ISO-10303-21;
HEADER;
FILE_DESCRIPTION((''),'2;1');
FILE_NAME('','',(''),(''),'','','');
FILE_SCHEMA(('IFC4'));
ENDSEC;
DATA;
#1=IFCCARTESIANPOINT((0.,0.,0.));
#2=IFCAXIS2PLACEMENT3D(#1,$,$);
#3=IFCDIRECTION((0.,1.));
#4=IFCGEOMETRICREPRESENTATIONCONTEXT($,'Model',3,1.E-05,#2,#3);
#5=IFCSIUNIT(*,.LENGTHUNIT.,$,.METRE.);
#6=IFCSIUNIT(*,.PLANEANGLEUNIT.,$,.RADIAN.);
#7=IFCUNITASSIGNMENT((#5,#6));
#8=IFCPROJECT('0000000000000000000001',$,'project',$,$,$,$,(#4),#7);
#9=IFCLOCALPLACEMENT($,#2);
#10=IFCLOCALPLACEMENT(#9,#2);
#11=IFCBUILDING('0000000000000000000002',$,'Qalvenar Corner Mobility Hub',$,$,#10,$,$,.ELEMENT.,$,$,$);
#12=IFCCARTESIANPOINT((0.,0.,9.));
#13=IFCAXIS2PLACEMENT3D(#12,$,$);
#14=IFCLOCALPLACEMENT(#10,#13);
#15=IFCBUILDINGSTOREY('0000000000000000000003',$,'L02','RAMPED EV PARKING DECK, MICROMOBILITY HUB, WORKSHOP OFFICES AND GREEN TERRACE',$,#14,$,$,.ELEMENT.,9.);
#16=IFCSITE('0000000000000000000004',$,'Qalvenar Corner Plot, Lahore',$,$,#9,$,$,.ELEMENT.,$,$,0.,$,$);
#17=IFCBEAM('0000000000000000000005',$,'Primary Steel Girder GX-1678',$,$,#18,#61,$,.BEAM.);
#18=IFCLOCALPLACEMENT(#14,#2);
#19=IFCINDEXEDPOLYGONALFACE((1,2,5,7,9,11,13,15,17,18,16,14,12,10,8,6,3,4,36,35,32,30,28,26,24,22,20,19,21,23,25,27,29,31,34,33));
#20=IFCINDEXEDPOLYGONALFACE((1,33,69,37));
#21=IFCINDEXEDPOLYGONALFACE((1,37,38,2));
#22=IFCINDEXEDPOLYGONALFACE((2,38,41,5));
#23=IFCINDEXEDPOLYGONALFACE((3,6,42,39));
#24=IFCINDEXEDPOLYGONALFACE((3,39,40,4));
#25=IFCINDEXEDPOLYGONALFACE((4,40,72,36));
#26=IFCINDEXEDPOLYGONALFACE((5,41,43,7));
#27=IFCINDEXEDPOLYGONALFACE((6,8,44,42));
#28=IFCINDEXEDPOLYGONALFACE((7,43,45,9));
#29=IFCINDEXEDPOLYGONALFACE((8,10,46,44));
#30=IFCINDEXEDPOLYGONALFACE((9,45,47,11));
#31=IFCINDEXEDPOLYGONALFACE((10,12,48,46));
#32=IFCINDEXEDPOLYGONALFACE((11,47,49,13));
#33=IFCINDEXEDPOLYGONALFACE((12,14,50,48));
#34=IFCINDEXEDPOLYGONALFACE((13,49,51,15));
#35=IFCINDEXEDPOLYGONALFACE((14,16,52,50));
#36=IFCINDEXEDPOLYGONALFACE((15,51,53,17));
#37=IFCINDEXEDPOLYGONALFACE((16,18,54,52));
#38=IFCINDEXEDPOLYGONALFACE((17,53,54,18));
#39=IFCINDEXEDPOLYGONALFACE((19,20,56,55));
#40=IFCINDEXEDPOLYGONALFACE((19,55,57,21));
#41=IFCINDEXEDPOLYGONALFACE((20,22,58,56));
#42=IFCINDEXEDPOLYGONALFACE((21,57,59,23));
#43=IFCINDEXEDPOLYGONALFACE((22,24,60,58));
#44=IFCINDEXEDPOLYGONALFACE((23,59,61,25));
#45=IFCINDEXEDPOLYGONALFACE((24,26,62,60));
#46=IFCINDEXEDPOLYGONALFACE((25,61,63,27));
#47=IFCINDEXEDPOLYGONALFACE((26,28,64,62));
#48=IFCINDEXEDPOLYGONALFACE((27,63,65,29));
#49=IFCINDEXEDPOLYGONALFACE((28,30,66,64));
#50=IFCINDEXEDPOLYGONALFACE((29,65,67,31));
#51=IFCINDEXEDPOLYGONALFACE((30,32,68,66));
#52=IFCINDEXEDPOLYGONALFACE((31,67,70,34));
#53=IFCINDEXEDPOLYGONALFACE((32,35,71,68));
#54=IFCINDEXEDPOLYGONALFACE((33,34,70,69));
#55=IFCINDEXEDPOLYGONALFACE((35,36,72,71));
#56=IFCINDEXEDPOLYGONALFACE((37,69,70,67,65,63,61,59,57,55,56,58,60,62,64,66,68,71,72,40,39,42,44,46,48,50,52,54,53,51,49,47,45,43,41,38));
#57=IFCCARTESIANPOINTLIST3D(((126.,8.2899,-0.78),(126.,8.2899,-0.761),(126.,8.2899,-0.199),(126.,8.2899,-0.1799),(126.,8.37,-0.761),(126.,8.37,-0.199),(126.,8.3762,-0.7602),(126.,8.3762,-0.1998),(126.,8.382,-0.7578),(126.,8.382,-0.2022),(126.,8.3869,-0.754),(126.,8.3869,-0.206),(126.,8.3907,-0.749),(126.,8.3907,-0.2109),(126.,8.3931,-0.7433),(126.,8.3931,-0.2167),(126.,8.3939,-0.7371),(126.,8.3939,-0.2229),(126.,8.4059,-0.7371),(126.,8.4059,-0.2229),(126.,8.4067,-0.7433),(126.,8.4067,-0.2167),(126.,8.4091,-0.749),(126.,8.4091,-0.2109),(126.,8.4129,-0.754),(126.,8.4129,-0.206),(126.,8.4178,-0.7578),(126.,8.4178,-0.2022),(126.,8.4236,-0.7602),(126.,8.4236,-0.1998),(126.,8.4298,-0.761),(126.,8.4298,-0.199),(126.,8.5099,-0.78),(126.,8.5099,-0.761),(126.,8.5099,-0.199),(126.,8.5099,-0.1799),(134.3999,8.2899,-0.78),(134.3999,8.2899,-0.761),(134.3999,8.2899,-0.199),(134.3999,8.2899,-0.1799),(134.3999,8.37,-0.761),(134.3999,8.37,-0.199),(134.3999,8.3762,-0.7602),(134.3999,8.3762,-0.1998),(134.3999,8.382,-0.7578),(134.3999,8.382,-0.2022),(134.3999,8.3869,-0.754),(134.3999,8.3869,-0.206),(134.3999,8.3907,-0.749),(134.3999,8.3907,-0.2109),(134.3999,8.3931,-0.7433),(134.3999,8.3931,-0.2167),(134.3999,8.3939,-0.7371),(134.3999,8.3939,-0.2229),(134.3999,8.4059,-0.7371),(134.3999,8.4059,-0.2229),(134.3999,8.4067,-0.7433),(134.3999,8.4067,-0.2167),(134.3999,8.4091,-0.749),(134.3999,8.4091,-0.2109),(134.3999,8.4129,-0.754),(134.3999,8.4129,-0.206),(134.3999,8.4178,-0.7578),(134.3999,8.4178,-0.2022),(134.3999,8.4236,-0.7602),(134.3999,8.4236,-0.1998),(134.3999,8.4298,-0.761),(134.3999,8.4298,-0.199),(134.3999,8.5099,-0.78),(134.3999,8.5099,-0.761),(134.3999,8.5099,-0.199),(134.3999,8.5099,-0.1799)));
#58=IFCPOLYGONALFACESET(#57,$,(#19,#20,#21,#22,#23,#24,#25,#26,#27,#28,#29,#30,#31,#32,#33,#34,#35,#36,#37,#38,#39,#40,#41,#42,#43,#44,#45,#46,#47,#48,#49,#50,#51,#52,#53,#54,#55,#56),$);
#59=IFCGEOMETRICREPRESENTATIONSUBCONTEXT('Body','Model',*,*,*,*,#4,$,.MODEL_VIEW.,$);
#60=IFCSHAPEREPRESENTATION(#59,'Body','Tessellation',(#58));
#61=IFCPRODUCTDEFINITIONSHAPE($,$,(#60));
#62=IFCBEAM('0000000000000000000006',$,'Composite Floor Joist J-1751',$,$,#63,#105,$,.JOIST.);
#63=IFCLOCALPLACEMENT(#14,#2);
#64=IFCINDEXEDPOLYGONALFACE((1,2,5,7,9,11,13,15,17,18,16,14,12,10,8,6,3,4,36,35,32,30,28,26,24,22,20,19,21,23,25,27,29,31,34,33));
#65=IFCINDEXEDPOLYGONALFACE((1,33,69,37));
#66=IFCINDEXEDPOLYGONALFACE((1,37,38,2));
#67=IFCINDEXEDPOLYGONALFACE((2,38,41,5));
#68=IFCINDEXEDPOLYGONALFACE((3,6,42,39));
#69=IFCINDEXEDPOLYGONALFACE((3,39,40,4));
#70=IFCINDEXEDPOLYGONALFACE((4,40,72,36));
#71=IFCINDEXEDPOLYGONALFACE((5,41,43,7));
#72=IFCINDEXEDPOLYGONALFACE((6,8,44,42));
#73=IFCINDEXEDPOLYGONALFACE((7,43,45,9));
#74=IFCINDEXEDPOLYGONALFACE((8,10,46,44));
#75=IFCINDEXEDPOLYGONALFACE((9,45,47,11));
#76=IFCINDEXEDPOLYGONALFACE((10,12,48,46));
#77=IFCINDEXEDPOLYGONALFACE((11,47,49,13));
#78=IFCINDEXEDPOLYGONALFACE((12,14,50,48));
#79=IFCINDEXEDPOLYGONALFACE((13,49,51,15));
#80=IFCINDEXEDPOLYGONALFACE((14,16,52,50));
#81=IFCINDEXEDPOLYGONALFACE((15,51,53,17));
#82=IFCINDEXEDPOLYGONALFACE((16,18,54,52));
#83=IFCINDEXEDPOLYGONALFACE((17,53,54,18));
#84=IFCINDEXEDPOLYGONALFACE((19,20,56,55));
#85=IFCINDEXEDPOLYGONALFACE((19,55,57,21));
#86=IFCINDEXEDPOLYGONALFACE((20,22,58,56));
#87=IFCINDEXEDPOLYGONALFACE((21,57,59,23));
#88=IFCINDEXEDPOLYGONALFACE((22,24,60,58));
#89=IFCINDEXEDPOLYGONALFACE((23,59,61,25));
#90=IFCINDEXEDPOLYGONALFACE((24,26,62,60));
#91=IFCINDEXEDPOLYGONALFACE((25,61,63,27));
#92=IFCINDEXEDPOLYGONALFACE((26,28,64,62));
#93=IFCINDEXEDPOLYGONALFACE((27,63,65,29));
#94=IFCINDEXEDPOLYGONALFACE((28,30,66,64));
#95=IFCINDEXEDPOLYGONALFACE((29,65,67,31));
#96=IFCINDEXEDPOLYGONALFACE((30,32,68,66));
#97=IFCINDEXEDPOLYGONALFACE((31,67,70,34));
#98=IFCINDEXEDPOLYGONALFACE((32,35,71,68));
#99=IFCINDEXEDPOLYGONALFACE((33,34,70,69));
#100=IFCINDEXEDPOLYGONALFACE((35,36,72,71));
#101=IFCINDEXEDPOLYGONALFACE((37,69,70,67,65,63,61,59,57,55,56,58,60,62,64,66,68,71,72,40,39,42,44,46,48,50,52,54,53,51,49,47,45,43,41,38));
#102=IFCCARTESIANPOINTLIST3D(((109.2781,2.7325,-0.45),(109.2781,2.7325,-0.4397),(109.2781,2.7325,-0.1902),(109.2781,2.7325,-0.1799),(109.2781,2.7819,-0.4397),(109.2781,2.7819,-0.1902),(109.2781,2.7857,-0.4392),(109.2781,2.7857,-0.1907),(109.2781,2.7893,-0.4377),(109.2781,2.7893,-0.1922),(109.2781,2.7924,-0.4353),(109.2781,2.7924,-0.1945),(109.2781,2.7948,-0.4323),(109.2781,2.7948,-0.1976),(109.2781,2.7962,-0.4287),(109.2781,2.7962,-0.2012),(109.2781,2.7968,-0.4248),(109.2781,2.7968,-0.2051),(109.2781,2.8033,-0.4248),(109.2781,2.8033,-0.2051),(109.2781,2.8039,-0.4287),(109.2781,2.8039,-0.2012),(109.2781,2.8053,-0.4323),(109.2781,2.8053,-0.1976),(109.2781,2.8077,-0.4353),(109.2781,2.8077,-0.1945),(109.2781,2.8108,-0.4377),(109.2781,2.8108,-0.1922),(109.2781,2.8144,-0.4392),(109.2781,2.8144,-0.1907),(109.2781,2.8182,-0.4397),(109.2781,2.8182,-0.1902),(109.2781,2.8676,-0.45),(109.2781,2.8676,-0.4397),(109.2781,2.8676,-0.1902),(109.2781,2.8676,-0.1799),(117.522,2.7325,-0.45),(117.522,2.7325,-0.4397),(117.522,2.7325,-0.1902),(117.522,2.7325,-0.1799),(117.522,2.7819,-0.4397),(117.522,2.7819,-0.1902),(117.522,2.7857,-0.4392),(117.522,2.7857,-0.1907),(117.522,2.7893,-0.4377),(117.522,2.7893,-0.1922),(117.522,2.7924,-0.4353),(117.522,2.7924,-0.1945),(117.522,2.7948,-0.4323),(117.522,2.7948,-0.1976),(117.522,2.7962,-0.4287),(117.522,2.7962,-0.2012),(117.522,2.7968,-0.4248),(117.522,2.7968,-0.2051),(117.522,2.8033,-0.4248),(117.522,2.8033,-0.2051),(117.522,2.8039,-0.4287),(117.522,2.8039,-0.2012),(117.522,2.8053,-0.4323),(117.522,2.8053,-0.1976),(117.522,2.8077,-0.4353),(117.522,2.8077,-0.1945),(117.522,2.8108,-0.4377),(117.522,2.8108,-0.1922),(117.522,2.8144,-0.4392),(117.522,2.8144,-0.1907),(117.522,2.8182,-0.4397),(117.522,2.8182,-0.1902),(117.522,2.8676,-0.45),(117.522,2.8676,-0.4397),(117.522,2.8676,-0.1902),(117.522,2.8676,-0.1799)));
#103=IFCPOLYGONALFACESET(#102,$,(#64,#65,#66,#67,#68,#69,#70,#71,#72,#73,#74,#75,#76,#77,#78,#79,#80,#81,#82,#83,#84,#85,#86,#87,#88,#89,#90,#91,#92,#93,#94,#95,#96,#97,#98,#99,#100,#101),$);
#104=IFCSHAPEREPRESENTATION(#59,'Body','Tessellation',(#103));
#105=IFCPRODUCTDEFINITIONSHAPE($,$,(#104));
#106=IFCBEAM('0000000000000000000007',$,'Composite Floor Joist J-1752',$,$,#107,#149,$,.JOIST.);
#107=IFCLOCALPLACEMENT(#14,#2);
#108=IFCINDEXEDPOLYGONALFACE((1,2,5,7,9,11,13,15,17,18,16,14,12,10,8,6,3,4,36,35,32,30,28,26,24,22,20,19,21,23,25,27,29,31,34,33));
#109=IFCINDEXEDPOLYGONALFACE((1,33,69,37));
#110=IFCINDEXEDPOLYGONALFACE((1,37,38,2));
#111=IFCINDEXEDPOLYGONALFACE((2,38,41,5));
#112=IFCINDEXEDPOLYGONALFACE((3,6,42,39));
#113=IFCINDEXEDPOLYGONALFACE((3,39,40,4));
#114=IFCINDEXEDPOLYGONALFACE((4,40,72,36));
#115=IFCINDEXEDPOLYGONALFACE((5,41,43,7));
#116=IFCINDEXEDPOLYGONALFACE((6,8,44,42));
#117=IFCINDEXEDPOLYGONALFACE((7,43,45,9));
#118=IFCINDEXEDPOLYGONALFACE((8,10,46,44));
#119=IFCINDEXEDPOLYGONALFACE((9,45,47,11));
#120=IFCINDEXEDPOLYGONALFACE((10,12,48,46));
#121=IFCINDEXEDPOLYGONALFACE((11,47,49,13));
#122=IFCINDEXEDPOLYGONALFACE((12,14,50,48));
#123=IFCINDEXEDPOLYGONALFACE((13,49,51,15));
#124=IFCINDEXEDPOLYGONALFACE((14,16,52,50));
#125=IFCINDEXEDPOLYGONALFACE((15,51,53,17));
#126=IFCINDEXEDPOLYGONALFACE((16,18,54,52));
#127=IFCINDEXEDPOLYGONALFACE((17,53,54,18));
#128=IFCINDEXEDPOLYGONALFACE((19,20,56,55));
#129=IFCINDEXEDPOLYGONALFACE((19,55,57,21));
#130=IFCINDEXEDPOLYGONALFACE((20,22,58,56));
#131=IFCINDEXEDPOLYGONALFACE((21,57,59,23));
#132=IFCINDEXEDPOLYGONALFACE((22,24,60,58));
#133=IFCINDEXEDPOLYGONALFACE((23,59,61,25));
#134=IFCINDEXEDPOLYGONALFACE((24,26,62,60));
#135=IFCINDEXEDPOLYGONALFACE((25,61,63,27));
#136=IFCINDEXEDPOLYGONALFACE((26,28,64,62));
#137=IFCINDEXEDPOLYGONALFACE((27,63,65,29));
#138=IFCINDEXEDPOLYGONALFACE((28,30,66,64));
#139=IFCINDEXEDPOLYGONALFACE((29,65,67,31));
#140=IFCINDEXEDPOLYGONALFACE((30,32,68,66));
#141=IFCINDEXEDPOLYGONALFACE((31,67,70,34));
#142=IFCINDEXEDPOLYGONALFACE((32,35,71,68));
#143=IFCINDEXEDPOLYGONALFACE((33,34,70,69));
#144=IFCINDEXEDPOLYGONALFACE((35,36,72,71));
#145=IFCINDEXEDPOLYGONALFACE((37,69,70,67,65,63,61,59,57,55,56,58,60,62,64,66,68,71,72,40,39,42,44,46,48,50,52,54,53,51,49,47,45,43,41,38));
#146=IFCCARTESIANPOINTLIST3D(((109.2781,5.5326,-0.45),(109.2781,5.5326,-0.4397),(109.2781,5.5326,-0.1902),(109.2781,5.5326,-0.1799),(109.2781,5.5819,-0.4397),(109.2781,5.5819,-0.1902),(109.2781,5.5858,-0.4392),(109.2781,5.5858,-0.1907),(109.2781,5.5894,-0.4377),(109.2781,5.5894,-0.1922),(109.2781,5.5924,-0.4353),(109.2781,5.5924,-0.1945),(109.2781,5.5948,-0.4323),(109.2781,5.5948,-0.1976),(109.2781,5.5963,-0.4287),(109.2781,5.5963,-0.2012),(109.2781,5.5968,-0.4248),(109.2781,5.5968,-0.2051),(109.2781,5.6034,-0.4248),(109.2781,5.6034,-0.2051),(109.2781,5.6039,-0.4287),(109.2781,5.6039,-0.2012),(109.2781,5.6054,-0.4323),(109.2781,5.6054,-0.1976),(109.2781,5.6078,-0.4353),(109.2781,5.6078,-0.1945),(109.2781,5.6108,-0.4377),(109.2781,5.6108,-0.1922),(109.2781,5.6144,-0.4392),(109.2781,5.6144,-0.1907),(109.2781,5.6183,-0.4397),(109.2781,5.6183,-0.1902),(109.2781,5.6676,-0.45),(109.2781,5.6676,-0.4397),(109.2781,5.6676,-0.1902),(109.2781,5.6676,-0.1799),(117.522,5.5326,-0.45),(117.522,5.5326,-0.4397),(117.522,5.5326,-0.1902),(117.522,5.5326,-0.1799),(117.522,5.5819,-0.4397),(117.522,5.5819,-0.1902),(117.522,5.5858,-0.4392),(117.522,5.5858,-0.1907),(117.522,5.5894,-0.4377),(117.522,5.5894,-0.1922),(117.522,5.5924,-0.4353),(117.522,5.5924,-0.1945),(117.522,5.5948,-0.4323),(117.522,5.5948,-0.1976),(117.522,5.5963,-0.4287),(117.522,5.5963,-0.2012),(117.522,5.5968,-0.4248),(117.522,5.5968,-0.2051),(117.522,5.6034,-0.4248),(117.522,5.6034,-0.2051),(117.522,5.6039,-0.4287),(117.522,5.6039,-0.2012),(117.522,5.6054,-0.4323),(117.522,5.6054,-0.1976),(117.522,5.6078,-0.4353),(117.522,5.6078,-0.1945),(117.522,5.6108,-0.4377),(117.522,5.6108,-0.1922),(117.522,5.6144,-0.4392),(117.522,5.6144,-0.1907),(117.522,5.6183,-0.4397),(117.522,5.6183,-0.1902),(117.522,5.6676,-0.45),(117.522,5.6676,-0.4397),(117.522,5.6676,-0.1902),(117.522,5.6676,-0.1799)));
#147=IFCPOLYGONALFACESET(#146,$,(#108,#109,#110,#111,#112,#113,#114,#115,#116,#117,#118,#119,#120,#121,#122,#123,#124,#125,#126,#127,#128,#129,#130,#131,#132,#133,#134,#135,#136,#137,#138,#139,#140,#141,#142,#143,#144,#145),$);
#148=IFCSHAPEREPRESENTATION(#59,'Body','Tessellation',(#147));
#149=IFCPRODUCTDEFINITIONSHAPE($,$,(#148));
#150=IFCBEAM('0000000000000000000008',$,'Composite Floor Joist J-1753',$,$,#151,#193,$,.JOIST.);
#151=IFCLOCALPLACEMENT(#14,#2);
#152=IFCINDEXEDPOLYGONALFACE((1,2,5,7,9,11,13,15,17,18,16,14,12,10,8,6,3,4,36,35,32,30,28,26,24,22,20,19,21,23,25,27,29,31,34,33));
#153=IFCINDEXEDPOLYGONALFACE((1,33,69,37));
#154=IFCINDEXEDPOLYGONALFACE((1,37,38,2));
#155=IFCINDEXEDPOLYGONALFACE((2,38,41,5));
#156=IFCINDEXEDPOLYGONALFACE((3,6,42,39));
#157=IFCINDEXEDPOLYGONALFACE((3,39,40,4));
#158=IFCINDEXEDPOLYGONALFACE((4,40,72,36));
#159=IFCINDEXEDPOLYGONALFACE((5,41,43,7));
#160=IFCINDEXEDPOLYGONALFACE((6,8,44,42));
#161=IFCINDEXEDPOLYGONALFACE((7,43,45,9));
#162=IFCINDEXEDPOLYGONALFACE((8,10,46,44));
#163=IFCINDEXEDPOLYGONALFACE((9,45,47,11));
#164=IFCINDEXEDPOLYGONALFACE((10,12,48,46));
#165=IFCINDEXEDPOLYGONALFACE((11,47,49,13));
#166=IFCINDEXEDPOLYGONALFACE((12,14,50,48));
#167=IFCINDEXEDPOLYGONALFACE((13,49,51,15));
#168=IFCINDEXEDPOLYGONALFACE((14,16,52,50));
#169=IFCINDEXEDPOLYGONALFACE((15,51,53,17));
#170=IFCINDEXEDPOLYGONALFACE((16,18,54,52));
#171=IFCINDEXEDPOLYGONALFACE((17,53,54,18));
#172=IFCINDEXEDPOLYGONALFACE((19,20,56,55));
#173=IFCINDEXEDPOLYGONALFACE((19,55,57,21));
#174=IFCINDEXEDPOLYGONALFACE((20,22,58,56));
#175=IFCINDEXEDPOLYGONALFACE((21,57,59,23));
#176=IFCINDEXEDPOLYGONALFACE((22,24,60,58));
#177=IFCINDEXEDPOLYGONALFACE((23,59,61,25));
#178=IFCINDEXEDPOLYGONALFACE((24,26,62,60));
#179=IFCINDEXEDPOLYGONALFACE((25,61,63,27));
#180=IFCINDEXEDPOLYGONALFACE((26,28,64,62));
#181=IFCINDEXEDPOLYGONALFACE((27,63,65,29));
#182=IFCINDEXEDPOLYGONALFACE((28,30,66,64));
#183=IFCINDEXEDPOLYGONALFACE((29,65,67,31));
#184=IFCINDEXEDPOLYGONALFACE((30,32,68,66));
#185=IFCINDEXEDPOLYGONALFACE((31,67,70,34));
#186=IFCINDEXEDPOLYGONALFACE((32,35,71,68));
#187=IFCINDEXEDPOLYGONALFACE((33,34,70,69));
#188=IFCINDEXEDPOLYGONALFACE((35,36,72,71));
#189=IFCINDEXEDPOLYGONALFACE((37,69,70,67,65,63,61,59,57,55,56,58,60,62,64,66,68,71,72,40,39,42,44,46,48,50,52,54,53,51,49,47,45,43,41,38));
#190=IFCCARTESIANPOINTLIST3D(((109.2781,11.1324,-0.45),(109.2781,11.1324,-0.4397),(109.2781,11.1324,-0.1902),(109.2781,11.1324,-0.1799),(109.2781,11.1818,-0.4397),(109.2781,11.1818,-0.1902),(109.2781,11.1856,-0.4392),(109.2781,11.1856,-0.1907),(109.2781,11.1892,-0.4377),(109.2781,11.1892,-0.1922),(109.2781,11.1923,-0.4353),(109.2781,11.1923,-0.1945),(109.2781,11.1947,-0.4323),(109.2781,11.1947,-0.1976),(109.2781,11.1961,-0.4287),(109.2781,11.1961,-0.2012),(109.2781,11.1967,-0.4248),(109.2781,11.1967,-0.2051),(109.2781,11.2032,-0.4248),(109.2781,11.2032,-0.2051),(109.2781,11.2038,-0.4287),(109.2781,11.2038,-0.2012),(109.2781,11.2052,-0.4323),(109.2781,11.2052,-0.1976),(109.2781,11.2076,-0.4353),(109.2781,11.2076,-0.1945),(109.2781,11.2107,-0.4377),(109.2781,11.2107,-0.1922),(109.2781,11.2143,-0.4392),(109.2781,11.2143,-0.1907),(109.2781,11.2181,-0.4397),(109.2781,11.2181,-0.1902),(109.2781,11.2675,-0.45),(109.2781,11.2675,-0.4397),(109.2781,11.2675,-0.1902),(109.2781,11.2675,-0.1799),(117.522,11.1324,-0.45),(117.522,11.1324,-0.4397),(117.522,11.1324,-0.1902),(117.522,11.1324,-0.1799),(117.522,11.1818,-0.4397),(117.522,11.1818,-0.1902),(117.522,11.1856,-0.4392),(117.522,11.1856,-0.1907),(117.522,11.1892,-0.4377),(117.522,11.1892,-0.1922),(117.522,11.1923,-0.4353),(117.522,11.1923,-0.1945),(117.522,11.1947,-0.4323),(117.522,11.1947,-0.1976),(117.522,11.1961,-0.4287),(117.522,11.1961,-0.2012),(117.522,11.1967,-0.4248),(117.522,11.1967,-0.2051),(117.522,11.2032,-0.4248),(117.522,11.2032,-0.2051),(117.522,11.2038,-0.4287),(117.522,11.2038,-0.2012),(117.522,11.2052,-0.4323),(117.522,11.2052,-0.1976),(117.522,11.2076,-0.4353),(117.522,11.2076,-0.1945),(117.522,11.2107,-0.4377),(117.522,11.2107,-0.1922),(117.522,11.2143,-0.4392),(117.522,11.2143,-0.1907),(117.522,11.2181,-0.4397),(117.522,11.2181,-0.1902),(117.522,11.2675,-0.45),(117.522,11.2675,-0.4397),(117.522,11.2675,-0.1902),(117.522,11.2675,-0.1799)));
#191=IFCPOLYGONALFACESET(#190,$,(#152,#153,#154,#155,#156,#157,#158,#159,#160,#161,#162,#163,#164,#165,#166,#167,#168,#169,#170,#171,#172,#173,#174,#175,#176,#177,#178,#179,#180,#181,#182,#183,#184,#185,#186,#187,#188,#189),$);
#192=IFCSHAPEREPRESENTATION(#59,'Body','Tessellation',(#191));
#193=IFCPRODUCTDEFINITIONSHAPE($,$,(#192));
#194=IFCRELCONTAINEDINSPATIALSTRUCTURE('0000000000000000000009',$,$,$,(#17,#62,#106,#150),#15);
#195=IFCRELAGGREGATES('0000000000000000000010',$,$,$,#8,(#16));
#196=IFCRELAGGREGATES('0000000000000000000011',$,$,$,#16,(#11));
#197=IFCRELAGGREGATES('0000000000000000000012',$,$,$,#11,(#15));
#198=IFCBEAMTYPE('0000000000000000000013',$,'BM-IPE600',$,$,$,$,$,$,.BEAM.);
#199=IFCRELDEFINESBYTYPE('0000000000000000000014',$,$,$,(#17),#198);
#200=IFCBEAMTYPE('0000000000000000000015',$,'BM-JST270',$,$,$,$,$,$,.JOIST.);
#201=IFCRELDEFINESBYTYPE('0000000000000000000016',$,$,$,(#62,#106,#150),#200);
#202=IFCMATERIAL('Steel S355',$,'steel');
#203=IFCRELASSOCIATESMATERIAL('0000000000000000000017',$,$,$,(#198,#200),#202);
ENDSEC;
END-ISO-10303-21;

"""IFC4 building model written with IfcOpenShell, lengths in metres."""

from ifc_helpers import new_model, si_unit, direction, frame, origin, origin_2d, place, context, subcontext, project, spatial, i_section, extrude, material, material_profile, profile_set, type_object, element, save


model = new_model("IFC4")

# Units and contexts
model_context = context("Model", 3, precision=1e-05, world=origin(), true_north=direction((0.0, 1.0)))
body_context = subcontext(model_context, "Body", "Model", "MODEL_VIEW")
ifc_project = project(units=[si_unit("LENGTHUNIT", "METRE"), si_unit("PLANEANGLEUNIT", "RADIAN")], contexts=[model_context])

# Site, building, storey
site_placement = place(None, origin())
site = spatial("IfcSite", under=ifc_project, at=site_placement, Name="Qalvenar Corner Plot, Lahore", CompositionType="ELEMENT", RefElevation=0.0)
building_placement = place(site_placement, origin())
building = spatial("IfcBuilding", under=site, at=building_placement, Name="Qalvenar Corner Mobility Hub", CompositionType="ELEMENT")
storey_placement = place(building_placement, frame((0.0, 0.0, 9.0)))
storey = spatial("IfcBuildingStorey", under=building, at=storey_placement, Name="L02", Description="RAMPED EV PARKING DECK, MICROMOBILITY HUB, WORKSHOP OFFICES AND GREEN TERRACE", CompositionType="ELEMENT", Elevation=9.0)

# Shared definitions
ifc_material_1 = material(Name="Steel S355", Category="steel")

# Beams
ifc_material_profile_1 = material_profile(ifc_material_1, i_section(OverallWidth=0.22, OverallDepth=0.6001, WebThickness=0.012, FlangeThickness=0.019, FilletRadius=0.0239, at=origin_2d()), Name="IPE600")
ifc_profile_set_1 = profile_set([ifc_material_profile_1], Name="Steel S355")
beam_type_1 = type_object("IfcBeamType", Name="BM-IPE600", PredefinedType="BEAM", material=ifc_profile_set_1)
for number, where, z_axis, x_axis, name in (
    (1, (126.0, 8.3999, -0.48), (1.0, 0.0, 0.0), (0.0, 1.0, 0.0), "Primary Steel Girder GX-1678"),
):
    element("IfcBeam", number, at=place(storey_placement, frame(where, z_axis=z_axis, x_axis=x_axis)), inside=storey, type_object=beam_type_1, Name=name, PredefinedType="BEAM", context=body_context, shape_type="SweptSolid", body=[
        extrude(i_section(OverallWidth=0.22, OverallDepth=0.6001, WebThickness=0.012, FlangeThickness=0.019, FilletRadius=0.0239, at=origin_2d()), origin(), (0.0, 0.0, 1.0), 8.3999),
    ])
ifc_material_profile_2 = material_profile(ifc_material_1, i_section(OverallWidth=0.135, OverallDepth=0.27, WebThickness=0.0066, FlangeThickness=0.0103, FilletRadius=0.0149, at=origin_2d()), Name="IPE270")
ifc_profile_set_2 = profile_set([ifc_material_profile_2], Name="Steel S355")
beam_type_2 = type_object("IfcBeamType", Name="BM-JST270", PredefinedType="JOIST", material=ifc_profile_set_2)
for number, where, z_axis, x_axis, name in (
    (2, (109.2781, 2.8, -0.3149), (1.0, 0.0, 0.0), (0.0, 1.0, 0.0), "Composite Floor Joist J-1751"),
    (3, (109.2781, 5.6001, -0.3149), (1.0, 0.0, 0.0), (0.0, 1.0, 0.0), "Composite Floor Joist J-1752"),
    (4, (109.2781, 11.2, -0.3149), (1.0, 0.0, 0.0), (0.0, 1.0, 0.0), "Composite Floor Joist J-1753"),
):
    element("IfcBeam", number, at=place(storey_placement, frame(where, z_axis=z_axis, x_axis=x_axis)), inside=storey, type_object=beam_type_2, Name=name, PredefinedType="JOIST", context=body_context, shape_type="SweptSolid", body=[
        extrude(i_section(OverallWidth=0.135, OverallDepth=0.27, WebThickness=0.0066, FlangeThickness=0.0103, FilletRadius=0.0149, at=origin_2d()), origin(), (0.0, 0.0, 1.0), 8.2439),
    ])

save(model, "model.ifc")
